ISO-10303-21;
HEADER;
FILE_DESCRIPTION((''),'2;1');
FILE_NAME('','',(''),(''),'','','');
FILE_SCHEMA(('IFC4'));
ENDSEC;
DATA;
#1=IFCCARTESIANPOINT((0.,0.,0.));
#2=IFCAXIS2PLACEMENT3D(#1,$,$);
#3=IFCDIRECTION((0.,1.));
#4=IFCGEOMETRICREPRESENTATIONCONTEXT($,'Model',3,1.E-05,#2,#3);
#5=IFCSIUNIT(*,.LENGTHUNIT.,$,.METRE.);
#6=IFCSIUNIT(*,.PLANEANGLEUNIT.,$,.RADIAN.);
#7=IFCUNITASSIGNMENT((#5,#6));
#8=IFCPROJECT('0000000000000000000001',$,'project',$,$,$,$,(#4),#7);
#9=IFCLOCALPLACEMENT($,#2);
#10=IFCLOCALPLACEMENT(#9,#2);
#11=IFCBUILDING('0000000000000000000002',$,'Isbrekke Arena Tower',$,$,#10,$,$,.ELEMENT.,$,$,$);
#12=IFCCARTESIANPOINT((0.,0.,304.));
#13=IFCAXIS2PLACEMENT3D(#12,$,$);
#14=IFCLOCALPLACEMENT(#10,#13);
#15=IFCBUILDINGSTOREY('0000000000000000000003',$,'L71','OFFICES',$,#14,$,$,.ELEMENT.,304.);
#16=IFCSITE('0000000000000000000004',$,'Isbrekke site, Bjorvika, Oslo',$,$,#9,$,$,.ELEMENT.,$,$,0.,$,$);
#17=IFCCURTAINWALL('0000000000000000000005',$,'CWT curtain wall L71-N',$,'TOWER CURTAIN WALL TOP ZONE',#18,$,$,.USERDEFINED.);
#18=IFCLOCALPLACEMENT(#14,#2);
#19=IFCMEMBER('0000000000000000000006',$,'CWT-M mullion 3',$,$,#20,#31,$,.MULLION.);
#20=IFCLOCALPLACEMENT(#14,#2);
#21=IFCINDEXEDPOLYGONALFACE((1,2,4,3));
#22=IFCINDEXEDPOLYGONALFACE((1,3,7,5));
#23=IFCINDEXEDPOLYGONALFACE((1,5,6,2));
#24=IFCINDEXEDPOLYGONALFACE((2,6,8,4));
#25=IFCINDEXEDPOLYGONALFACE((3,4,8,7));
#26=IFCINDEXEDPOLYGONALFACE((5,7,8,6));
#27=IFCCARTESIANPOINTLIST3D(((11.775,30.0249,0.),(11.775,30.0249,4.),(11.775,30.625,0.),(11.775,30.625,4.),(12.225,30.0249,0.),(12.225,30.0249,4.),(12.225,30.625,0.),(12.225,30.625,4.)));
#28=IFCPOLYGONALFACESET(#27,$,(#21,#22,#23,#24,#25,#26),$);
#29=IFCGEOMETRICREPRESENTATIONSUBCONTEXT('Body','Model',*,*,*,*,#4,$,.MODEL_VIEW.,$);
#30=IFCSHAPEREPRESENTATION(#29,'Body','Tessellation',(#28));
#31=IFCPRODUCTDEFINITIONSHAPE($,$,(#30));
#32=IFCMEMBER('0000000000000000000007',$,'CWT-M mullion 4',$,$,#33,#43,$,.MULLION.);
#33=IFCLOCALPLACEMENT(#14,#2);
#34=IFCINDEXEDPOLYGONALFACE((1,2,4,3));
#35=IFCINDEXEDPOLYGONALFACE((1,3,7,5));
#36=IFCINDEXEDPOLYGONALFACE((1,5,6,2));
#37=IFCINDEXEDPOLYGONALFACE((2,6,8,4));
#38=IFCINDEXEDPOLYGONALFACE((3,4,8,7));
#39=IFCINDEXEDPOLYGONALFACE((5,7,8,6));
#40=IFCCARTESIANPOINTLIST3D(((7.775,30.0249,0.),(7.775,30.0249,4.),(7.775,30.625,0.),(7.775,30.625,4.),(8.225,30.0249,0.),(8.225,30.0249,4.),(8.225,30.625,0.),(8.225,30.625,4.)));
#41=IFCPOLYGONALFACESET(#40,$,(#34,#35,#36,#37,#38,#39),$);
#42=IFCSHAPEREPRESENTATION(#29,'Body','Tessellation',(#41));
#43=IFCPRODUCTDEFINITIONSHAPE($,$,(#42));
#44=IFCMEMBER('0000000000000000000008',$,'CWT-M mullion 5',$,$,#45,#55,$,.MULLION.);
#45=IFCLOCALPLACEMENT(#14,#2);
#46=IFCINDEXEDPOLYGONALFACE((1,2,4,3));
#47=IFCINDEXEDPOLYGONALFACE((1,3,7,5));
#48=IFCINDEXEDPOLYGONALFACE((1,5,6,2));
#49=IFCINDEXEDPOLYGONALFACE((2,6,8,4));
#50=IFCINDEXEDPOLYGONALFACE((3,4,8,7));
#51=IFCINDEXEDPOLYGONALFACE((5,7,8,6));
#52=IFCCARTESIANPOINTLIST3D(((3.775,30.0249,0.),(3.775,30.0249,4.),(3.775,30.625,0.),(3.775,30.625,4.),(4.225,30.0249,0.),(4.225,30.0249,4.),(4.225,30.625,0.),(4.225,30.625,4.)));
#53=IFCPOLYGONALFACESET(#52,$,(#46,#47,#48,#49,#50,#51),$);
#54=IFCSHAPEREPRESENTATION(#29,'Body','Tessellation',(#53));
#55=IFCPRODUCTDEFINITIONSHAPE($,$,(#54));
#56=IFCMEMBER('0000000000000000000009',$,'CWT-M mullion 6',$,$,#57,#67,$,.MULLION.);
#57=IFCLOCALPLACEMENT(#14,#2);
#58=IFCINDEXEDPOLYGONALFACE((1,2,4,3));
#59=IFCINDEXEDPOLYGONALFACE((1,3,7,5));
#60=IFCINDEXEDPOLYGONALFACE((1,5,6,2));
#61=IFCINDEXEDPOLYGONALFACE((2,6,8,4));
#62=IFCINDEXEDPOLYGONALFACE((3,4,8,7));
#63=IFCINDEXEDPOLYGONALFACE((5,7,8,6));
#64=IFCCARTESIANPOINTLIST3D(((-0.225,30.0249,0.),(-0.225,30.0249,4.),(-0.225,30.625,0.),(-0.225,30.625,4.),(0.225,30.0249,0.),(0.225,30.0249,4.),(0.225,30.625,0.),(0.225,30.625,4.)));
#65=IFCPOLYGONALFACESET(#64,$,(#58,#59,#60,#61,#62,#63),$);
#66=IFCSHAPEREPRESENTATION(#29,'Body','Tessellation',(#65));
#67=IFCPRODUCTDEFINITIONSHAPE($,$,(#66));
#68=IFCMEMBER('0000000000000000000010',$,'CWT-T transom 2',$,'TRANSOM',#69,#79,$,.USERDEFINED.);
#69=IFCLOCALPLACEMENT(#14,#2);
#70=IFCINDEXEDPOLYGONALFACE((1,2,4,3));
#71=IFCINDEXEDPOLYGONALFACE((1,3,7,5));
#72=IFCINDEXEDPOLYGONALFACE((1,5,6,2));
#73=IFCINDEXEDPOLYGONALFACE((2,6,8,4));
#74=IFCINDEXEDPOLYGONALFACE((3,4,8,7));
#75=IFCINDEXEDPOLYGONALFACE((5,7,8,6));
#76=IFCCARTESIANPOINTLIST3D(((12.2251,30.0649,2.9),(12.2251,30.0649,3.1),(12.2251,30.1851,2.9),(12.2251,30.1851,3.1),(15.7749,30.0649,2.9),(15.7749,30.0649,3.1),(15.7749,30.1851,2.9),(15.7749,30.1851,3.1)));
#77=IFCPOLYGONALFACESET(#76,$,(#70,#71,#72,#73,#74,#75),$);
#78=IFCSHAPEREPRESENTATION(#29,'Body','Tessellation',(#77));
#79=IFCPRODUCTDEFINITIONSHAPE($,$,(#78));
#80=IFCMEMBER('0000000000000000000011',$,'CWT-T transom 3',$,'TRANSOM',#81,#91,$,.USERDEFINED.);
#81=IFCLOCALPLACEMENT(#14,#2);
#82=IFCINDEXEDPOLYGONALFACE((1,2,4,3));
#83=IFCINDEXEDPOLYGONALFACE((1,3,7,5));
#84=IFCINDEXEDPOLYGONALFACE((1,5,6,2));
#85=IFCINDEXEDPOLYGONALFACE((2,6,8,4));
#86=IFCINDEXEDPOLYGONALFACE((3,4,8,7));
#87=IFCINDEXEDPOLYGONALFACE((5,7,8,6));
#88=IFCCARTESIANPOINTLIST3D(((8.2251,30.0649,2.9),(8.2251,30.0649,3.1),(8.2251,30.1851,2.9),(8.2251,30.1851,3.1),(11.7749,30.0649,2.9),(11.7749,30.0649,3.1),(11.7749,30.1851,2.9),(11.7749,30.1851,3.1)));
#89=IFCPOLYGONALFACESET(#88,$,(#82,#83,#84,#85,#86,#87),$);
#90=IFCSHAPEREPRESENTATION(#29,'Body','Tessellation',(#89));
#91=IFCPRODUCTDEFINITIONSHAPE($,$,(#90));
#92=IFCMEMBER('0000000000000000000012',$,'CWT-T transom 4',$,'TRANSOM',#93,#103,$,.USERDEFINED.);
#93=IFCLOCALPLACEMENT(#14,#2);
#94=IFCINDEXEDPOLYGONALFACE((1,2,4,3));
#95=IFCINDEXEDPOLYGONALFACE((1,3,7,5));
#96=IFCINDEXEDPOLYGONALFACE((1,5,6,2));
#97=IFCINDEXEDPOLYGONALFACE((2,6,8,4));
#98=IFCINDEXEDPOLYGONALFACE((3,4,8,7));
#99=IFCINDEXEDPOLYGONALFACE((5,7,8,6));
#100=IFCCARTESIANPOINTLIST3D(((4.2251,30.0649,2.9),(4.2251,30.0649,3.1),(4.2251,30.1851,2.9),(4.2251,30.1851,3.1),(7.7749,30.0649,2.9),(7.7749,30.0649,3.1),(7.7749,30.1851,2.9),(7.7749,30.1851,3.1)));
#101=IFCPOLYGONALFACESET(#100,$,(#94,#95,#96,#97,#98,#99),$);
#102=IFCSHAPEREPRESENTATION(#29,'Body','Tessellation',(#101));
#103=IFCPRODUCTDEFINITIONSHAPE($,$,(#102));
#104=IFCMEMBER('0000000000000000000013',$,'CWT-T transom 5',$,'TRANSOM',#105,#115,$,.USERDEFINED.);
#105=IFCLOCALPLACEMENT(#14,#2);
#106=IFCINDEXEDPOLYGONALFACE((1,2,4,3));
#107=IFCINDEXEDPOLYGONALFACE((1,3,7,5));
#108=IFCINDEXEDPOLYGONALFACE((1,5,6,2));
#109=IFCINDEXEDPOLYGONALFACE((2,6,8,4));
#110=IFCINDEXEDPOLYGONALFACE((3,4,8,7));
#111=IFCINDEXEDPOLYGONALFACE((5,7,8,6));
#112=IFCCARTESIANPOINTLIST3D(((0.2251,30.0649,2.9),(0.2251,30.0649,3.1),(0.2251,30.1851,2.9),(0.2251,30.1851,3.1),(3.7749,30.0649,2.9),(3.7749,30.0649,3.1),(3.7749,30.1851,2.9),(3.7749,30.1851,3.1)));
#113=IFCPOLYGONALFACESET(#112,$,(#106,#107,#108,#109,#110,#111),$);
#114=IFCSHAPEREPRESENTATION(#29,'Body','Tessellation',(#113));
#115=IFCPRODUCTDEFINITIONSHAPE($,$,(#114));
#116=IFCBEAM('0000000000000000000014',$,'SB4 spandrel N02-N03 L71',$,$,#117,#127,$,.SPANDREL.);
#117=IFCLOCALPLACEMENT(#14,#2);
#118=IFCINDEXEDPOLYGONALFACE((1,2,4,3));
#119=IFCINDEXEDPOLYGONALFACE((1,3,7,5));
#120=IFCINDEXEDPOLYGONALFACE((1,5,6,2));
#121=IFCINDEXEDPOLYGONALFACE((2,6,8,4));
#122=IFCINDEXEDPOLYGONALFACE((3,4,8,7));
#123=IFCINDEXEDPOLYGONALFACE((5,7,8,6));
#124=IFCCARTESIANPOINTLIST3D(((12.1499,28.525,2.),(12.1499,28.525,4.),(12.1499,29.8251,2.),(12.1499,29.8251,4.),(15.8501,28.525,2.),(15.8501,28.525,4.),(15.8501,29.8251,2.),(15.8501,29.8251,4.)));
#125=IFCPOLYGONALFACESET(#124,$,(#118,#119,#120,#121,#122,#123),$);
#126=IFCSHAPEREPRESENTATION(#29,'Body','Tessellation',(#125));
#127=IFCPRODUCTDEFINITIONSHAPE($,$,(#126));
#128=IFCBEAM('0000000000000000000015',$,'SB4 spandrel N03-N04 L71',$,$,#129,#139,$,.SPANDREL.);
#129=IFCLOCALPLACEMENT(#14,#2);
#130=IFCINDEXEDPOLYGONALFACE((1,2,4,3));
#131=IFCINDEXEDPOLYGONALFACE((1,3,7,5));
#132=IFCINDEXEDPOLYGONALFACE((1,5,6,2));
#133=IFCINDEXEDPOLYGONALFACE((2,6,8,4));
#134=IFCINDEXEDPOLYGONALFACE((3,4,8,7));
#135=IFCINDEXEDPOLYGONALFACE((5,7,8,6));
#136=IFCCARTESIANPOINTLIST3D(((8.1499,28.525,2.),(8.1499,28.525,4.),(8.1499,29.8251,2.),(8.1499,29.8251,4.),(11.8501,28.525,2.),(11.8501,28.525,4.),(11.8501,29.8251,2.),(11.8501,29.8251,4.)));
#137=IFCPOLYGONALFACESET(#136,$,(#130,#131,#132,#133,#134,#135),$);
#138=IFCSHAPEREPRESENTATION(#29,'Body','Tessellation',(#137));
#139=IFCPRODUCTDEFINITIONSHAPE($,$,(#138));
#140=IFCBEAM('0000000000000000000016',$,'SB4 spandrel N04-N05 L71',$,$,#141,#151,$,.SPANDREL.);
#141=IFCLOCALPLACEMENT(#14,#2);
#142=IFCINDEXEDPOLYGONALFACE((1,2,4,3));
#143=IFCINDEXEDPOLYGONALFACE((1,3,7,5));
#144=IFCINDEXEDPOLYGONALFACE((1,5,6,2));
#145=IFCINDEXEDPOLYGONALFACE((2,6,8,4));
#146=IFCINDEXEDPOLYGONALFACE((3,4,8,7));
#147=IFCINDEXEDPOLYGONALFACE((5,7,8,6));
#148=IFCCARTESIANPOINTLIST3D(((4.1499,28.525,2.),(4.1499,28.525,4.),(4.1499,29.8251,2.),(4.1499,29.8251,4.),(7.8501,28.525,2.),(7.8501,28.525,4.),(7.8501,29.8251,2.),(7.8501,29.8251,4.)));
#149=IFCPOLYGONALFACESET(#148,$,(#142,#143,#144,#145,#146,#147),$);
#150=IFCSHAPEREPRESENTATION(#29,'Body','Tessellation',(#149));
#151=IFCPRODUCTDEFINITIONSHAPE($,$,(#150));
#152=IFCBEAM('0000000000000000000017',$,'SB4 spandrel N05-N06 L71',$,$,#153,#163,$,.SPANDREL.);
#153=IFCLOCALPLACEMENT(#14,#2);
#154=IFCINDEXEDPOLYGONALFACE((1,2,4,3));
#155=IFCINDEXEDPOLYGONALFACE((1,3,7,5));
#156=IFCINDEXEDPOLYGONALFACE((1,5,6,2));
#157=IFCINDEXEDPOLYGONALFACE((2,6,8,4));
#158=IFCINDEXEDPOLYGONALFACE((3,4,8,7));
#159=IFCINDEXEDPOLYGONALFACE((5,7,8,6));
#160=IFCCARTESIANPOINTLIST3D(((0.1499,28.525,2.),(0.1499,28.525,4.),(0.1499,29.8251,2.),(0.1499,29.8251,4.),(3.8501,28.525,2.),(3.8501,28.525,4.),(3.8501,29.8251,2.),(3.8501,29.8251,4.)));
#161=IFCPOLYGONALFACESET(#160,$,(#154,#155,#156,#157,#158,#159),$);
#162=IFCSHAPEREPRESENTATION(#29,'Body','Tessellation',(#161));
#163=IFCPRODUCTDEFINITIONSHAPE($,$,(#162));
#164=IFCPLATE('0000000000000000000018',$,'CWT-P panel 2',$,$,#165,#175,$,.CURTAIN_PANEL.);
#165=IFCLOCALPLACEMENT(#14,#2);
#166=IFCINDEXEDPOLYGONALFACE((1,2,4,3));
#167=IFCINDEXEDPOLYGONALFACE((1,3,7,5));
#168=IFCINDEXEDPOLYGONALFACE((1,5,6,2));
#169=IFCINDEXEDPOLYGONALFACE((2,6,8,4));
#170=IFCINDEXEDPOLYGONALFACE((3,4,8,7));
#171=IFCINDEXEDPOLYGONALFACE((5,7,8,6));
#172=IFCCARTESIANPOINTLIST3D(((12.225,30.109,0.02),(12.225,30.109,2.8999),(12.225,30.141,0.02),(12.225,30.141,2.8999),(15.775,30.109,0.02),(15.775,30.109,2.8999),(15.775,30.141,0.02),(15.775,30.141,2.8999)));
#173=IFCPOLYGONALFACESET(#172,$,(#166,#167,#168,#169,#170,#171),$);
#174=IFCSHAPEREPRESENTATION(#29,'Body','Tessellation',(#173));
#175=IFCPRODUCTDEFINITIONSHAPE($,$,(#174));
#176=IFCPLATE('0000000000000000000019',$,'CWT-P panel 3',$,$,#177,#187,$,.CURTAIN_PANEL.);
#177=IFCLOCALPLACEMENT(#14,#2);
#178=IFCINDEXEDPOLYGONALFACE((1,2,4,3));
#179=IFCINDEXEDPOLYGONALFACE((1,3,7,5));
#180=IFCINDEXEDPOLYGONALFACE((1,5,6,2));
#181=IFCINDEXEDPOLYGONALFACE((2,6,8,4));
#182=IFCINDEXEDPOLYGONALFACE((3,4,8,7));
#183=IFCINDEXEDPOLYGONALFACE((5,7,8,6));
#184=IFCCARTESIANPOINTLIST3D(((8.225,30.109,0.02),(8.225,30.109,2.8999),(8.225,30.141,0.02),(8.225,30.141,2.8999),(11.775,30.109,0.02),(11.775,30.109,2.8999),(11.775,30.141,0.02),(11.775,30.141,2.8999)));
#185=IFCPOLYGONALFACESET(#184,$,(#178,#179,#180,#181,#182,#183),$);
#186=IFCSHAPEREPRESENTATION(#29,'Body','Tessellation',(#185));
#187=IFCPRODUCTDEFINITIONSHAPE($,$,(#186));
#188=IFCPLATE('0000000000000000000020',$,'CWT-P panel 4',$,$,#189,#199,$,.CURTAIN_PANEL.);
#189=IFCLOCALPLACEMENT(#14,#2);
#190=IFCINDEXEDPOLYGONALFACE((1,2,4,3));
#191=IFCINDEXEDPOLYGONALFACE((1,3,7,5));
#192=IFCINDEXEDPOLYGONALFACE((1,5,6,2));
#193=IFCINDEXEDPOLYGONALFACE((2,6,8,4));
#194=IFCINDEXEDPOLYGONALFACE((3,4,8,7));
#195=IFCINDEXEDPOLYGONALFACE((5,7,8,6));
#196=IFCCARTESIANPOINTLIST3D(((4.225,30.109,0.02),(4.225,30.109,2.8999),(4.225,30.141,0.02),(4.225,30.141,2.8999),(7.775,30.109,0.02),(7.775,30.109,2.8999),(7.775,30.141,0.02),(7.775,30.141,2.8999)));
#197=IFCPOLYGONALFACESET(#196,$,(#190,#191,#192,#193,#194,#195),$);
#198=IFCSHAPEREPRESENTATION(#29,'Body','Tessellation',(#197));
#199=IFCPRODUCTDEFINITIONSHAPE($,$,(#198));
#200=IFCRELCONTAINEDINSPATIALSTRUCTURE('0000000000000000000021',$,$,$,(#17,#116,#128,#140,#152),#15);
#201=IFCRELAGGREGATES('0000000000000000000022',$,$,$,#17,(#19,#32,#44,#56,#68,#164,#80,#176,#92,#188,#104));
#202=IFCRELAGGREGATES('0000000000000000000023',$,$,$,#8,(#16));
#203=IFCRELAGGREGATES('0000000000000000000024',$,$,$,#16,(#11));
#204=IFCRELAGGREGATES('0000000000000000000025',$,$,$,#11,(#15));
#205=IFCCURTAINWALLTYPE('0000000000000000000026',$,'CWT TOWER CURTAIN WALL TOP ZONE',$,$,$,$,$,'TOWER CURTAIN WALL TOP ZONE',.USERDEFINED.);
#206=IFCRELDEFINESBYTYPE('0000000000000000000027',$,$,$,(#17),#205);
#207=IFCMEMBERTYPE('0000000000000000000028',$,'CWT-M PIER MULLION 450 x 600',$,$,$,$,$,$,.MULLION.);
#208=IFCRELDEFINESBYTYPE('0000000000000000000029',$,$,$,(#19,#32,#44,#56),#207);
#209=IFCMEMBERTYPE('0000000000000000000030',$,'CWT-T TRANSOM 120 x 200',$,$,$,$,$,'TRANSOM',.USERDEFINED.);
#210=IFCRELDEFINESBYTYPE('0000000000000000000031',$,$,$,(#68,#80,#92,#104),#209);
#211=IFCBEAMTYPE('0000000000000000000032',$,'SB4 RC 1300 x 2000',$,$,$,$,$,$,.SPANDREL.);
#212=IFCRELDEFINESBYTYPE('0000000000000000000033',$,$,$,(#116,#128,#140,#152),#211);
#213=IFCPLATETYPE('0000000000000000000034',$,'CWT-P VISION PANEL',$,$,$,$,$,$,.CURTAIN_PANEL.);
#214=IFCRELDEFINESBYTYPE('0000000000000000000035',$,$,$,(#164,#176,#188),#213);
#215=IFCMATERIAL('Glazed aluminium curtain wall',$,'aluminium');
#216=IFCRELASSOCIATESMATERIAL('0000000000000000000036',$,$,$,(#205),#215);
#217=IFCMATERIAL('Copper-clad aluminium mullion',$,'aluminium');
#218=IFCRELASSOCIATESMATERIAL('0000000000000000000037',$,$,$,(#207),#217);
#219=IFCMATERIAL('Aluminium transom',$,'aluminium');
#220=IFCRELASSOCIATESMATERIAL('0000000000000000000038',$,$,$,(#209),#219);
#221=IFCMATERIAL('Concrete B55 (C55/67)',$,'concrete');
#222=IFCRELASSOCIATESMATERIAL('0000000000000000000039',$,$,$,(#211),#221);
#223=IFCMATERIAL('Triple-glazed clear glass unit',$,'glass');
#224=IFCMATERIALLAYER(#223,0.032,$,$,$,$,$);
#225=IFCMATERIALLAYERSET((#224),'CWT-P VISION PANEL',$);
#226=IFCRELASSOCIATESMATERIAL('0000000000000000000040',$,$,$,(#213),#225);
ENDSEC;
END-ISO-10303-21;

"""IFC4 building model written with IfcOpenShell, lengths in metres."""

from ifc_helpers import new_model, si_unit, direction, frame, origin, origin_2d, place, context, subcontext, project, spatial, rectangle, extrude, material, layer, layer_set, material_profile, profile_set, type_object, element, aggregate, save


model = new_model("IFC4")

# Units and contexts
model_context = context("Model", 3, precision=1e-05, world=origin(), true_north=direction((0.0, 1.0)))
body_context = subcontext(model_context, "Body", "Model", "MODEL_VIEW")
ifc_project = project(units=[si_unit("LENGTHUNIT", "METRE"), si_unit("PLANEANGLEUNIT", "RADIAN")], contexts=[model_context])

# Site, building, storey
site_placement = place(None, origin())
site = spatial("IfcSite", under=ifc_project, at=site_placement, Name="Isbrekke site, Bjorvika, Oslo", CompositionType="ELEMENT", RefElevation=0.0)
building_placement = place(site_placement, origin())
building = spatial("IfcBuilding", under=site, at=building_placement, Name="Isbrekke Arena Tower", CompositionType="ELEMENT")
storey_placement = place(building_placement, frame((0.0, 0.0, 304.0)))
storey = spatial("IfcBuildingStorey", under=building, at=storey_placement, Name="L71", Description="OFFICES", CompositionType="ELEMENT", Elevation=304.0)

# Curtain wall, members
ifc_material_1 = material(Name="Glazed aluminium curtain wall", Category="aluminium")
curtain_wall_type = type_object("IfcCurtainWallType", Name="CWT TOWER CURTAIN WALL TOP ZONE", ElementType="TOWER CURTAIN WALL TOP ZONE", PredefinedType="USERDEFINED", material=ifc_material_1)
curtain_wall_placement = place(storey_placement, origin())
curtain_wall = element("IfcCurtainWall", 1, at=curtain_wall_placement, inside=storey, type_object=curtain_wall_type, Name="CWT curtain wall L71-N", ObjectType="TOWER CURTAIN WALL TOP ZONE", PredefinedType="USERDEFINED")
ifc_material_2 = material(Name="Copper-clad aluminium mullion", Category="aluminium")
ifc_material_profile_1 = material_profile(ifc_material_2, rectangle(XDim=0.45, YDim=0.6001, at=origin_2d()), Name="PIER 450X600")
ifc_profile_set_1 = profile_set([ifc_material_profile_1], Name="Copper-clad aluminium mullion")
member_type_1 = type_object("IfcMemberType", Name="CWT-M PIER MULLION 450 x 600", PredefinedType="MULLION", material=ifc_profile_set_1)
member_1_placement = place(storey_placement, frame((12.0, 30.325, 0.0), z_axis=(0.0, 0.0, 1.0), x_axis=(-1.0, 0.0, 0.0)))
member_1 = element("IfcMember", 2, at=member_1_placement, type_object=member_type_1, Name="CWT-M mullion 3", PredefinedType="MULLION", context=body_context, shape_type="SweptSolid", body=[
    extrude(rectangle(XDim=0.45, YDim=0.6001, at=origin_2d()), origin(), (0.0, 0.0, 1.0), 4.0),
])
member_2_placement = place(storey_placement, frame((8.0, 30.325, 0.0), z_axis=(0.0, 0.0, 1.0), x_axis=(-1.0, 0.0, 0.0)))
member_2 = element("IfcMember", 3, at=member_2_placement, type_object=member_type_1, Name="CWT-M mullion 4", PredefinedType="MULLION", context=body_context, shape_type="SweptSolid", body=[
    extrude(rectangle(XDim=0.45, YDim=0.6001, at=origin_2d()), origin(), (0.0, 0.0, 1.0), 4.0),
])
member_3_placement = place(storey_placement, frame((4.0, 30.325, 0.0), z_axis=(0.0, 0.0, 1.0), x_axis=(-1.0, 0.0, 0.0)))
member_3 = element("IfcMember", 4, at=member_3_placement, type_object=member_type_1, Name="CWT-M mullion 5", PredefinedType="MULLION", context=body_context, shape_type="SweptSolid", body=[
    extrude(rectangle(XDim=0.45, YDim=0.6001, at=origin_2d()), origin(), (0.0, 0.0, 1.0), 4.0),
])
member_4_placement = place(storey_placement, frame((0.0, 30.325, 0.0), z_axis=(0.0, 0.0, 1.0), x_axis=(-1.0, 0.0, 0.0)))
member_4 = element("IfcMember", 5, at=member_4_placement, type_object=member_type_1, Name="CWT-M mullion 6", PredefinedType="MULLION", context=body_context, shape_type="SweptSolid", body=[
    extrude(rectangle(XDim=0.45, YDim=0.6001, at=origin_2d()), origin(), (0.0, 0.0, 1.0), 4.0),
])
ifc_material_3 = material(Name="Aluminium transom", Category="aluminium")
ifc_material_profile_2 = material_profile(ifc_material_3, rectangle(XDim=0.1201, YDim=0.2, at=origin_2d()), Name="TRANSOM 120X200")
ifc_profile_set_2 = profile_set([ifc_material_profile_2], Name="Aluminium transom")
member_type_2 = type_object("IfcMemberType", Name="CWT-T TRANSOM 120 x 200", ElementType="TRANSOM", PredefinedType="USERDEFINED", material=ifc_profile_set_2)
member_5_placement = place(storey_placement, frame((15.7749, 30.125, 3.0), z_axis=(-1.0, 0.0, 0.0), x_axis=(0.0, -1.0, 0.0)))
member_5 = element("IfcMember", 6, at=member_5_placement, type_object=member_type_2, Name="CWT-T transom 2", ObjectType="TRANSOM", PredefinedType="USERDEFINED", context=body_context, shape_type="SweptSolid", body=[
    extrude(rectangle(XDim=0.1201, YDim=0.2, at=origin_2d()), origin(), (0.0, 0.0, 1.0), 3.5498),
])
member_6_placement = place(storey_placement, frame((11.7749, 30.125, 3.0), z_axis=(-1.0, 0.0, 0.0), x_axis=(0.0, -1.0, 0.0)))
member_6 = element("IfcMember", 7, at=member_6_placement, type_object=member_type_2, Name="CWT-T transom 3", ObjectType="TRANSOM", PredefinedType="USERDEFINED", context=body_context, shape_type="SweptSolid", body=[
    extrude(rectangle(XDim=0.1201, YDim=0.2, at=origin_2d()), origin(), (0.0, 0.0, 1.0), 3.5498),
])
member_7_placement = place(storey_placement, frame((7.7749, 30.125, 3.0), z_axis=(-1.0, 0.0, 0.0), x_axis=(0.0, -1.0, 0.0)))
member_7 = element("IfcMember", 8, at=member_7_placement, type_object=member_type_2, Name="CWT-T transom 4", ObjectType="TRANSOM", PredefinedType="USERDEFINED", context=body_context, shape_type="SweptSolid", body=[
    extrude(rectangle(XDim=0.1201, YDim=0.2, at=origin_2d()), origin(), (0.0, 0.0, 1.0), 3.5498),
])
member_8_placement = place(storey_placement, frame((3.7749, 30.125, 3.0), z_axis=(-1.0, 0.0, 0.0), x_axis=(0.0, -1.0, 0.0)))
member_8 = element("IfcMember", 9, at=member_8_placement, type_object=member_type_2, Name="CWT-T transom 5", ObjectType="TRANSOM", PredefinedType="USERDEFINED", context=body_context, shape_type="SweptSolid", body=[
    extrude(rectangle(XDim=0.1201, YDim=0.2, at=origin_2d()), origin(), (0.0, 0.0, 1.0), 3.5498),
])

# Beams
ifc_material_4 = material(Name="Concrete B55 (C55/67)", Category="concrete")
ifc_material_profile_3 = material_profile(ifc_material_4, rectangle(XDim=1.3, YDim=2.0, at=origin_2d()), Name="RC 1300x2000")
ifc_profile_set_3 = profile_set([ifc_material_profile_3], Name="Concrete B55 (C55/67)")
beam_type_1 = type_object("IfcBeamType", Name="SB4 RC 1300 x 2000", PredefinedType="SPANDREL", material=ifc_profile_set_3)
for number, where, z_axis, x_axis, name in (
    (10, (15.8501, 29.175, 3.0), (-1.0, 0.0, 0.0), (0.0, -1.0, 0.0), "SB4 spandrel N02-N03 L71"),
    (11, (11.8501, 29.175, 3.0), (-1.0, 0.0, 0.0), (0.0, -1.0, 0.0), "SB4 spandrel N03-N04 L71"),
    (12, (7.8501, 29.175, 3.0), (-1.0, 0.0, 0.0), (0.0, -1.0, 0.0), "SB4 spandrel N04-N05 L71"),
    (13, (3.8501, 29.175, 3.0), (-1.0, 0.0, 0.0), (0.0, -1.0, 0.0), "SB4 spandrel N05-N06 L71"),
):
    element("IfcBeam", number, at=place(storey_placement, frame(where, z_axis=z_axis, x_axis=x_axis)), inside=storey, type_object=beam_type_1, Name=name, PredefinedType="SPANDREL", context=body_context, shape_type="SweptSolid", body=[
        extrude(rectangle(XDim=1.3, YDim=2.0, at=origin_2d()), origin(), (0.0, 0.0, 1.0), 3.7002),
    ])

# Plates
ifc_material_5 = material(Name="Triple-glazed clear glass unit", Category="glass")
ifc_layer = layer(ifc_material_5, 0.032)
ifc_layer_set = layer_set([ifc_layer], Name="CWT-P VISION PANEL")
plate_type = type_object("IfcPlateType", Name="CWT-P VISION PANEL", PredefinedType="CURTAIN_PANEL", material=ifc_layer_set)
plate_1_placement = place(storey_placement, frame((14.0, 30.125, 0.02), z_axis=(0.0, 0.0, 1.0), x_axis=(-1.0, 0.0, 0.0)))
plate_1 = element("IfcPlate", 14, at=plate_1_placement, type_object=plate_type, Name="CWT-P panel 2", PredefinedType="CURTAIN_PANEL", context=body_context, shape_type="SweptSolid", body=[
    extrude(rectangle(XDim=3.55, YDim=0.032, at=origin_2d()), origin(), (0.0, 0.0, 1.0), 2.8799),
])
plate_2_placement = place(storey_placement, frame((10.0, 30.125, 0.02), z_axis=(0.0, 0.0, 1.0), x_axis=(-1.0, 0.0, 0.0)))
plate_2 = element("IfcPlate", 15, at=plate_2_placement, type_object=plate_type, Name="CWT-P panel 3", PredefinedType="CURTAIN_PANEL", context=body_context, shape_type="SweptSolid", body=[
    extrude(rectangle(XDim=3.55, YDim=0.032, at=origin_2d()), origin(), (0.0, 0.0, 1.0), 2.8799),
])
plate_3_placement = place(storey_placement, frame((6.0, 30.125, 0.02), z_axis=(0.0, 0.0, 1.0), x_axis=(-1.0, 0.0, 0.0)))
plate_3 = element("IfcPlate", 16, at=plate_3_placement, type_object=plate_type, Name="CWT-P panel 4", PredefinedType="CURTAIN_PANEL", context=body_context, shape_type="SweptSolid", body=[
    extrude(rectangle(XDim=3.55, YDim=0.032, at=origin_2d()), origin(), (0.0, 0.0, 1.0), 2.8799),
])
aggregate(curtain_wall, [member_1, member_2, member_3, member_4, member_5, plate_1, member_6, plate_2, member_7, plate_3, member_8])

save(model, "model.ifc")
